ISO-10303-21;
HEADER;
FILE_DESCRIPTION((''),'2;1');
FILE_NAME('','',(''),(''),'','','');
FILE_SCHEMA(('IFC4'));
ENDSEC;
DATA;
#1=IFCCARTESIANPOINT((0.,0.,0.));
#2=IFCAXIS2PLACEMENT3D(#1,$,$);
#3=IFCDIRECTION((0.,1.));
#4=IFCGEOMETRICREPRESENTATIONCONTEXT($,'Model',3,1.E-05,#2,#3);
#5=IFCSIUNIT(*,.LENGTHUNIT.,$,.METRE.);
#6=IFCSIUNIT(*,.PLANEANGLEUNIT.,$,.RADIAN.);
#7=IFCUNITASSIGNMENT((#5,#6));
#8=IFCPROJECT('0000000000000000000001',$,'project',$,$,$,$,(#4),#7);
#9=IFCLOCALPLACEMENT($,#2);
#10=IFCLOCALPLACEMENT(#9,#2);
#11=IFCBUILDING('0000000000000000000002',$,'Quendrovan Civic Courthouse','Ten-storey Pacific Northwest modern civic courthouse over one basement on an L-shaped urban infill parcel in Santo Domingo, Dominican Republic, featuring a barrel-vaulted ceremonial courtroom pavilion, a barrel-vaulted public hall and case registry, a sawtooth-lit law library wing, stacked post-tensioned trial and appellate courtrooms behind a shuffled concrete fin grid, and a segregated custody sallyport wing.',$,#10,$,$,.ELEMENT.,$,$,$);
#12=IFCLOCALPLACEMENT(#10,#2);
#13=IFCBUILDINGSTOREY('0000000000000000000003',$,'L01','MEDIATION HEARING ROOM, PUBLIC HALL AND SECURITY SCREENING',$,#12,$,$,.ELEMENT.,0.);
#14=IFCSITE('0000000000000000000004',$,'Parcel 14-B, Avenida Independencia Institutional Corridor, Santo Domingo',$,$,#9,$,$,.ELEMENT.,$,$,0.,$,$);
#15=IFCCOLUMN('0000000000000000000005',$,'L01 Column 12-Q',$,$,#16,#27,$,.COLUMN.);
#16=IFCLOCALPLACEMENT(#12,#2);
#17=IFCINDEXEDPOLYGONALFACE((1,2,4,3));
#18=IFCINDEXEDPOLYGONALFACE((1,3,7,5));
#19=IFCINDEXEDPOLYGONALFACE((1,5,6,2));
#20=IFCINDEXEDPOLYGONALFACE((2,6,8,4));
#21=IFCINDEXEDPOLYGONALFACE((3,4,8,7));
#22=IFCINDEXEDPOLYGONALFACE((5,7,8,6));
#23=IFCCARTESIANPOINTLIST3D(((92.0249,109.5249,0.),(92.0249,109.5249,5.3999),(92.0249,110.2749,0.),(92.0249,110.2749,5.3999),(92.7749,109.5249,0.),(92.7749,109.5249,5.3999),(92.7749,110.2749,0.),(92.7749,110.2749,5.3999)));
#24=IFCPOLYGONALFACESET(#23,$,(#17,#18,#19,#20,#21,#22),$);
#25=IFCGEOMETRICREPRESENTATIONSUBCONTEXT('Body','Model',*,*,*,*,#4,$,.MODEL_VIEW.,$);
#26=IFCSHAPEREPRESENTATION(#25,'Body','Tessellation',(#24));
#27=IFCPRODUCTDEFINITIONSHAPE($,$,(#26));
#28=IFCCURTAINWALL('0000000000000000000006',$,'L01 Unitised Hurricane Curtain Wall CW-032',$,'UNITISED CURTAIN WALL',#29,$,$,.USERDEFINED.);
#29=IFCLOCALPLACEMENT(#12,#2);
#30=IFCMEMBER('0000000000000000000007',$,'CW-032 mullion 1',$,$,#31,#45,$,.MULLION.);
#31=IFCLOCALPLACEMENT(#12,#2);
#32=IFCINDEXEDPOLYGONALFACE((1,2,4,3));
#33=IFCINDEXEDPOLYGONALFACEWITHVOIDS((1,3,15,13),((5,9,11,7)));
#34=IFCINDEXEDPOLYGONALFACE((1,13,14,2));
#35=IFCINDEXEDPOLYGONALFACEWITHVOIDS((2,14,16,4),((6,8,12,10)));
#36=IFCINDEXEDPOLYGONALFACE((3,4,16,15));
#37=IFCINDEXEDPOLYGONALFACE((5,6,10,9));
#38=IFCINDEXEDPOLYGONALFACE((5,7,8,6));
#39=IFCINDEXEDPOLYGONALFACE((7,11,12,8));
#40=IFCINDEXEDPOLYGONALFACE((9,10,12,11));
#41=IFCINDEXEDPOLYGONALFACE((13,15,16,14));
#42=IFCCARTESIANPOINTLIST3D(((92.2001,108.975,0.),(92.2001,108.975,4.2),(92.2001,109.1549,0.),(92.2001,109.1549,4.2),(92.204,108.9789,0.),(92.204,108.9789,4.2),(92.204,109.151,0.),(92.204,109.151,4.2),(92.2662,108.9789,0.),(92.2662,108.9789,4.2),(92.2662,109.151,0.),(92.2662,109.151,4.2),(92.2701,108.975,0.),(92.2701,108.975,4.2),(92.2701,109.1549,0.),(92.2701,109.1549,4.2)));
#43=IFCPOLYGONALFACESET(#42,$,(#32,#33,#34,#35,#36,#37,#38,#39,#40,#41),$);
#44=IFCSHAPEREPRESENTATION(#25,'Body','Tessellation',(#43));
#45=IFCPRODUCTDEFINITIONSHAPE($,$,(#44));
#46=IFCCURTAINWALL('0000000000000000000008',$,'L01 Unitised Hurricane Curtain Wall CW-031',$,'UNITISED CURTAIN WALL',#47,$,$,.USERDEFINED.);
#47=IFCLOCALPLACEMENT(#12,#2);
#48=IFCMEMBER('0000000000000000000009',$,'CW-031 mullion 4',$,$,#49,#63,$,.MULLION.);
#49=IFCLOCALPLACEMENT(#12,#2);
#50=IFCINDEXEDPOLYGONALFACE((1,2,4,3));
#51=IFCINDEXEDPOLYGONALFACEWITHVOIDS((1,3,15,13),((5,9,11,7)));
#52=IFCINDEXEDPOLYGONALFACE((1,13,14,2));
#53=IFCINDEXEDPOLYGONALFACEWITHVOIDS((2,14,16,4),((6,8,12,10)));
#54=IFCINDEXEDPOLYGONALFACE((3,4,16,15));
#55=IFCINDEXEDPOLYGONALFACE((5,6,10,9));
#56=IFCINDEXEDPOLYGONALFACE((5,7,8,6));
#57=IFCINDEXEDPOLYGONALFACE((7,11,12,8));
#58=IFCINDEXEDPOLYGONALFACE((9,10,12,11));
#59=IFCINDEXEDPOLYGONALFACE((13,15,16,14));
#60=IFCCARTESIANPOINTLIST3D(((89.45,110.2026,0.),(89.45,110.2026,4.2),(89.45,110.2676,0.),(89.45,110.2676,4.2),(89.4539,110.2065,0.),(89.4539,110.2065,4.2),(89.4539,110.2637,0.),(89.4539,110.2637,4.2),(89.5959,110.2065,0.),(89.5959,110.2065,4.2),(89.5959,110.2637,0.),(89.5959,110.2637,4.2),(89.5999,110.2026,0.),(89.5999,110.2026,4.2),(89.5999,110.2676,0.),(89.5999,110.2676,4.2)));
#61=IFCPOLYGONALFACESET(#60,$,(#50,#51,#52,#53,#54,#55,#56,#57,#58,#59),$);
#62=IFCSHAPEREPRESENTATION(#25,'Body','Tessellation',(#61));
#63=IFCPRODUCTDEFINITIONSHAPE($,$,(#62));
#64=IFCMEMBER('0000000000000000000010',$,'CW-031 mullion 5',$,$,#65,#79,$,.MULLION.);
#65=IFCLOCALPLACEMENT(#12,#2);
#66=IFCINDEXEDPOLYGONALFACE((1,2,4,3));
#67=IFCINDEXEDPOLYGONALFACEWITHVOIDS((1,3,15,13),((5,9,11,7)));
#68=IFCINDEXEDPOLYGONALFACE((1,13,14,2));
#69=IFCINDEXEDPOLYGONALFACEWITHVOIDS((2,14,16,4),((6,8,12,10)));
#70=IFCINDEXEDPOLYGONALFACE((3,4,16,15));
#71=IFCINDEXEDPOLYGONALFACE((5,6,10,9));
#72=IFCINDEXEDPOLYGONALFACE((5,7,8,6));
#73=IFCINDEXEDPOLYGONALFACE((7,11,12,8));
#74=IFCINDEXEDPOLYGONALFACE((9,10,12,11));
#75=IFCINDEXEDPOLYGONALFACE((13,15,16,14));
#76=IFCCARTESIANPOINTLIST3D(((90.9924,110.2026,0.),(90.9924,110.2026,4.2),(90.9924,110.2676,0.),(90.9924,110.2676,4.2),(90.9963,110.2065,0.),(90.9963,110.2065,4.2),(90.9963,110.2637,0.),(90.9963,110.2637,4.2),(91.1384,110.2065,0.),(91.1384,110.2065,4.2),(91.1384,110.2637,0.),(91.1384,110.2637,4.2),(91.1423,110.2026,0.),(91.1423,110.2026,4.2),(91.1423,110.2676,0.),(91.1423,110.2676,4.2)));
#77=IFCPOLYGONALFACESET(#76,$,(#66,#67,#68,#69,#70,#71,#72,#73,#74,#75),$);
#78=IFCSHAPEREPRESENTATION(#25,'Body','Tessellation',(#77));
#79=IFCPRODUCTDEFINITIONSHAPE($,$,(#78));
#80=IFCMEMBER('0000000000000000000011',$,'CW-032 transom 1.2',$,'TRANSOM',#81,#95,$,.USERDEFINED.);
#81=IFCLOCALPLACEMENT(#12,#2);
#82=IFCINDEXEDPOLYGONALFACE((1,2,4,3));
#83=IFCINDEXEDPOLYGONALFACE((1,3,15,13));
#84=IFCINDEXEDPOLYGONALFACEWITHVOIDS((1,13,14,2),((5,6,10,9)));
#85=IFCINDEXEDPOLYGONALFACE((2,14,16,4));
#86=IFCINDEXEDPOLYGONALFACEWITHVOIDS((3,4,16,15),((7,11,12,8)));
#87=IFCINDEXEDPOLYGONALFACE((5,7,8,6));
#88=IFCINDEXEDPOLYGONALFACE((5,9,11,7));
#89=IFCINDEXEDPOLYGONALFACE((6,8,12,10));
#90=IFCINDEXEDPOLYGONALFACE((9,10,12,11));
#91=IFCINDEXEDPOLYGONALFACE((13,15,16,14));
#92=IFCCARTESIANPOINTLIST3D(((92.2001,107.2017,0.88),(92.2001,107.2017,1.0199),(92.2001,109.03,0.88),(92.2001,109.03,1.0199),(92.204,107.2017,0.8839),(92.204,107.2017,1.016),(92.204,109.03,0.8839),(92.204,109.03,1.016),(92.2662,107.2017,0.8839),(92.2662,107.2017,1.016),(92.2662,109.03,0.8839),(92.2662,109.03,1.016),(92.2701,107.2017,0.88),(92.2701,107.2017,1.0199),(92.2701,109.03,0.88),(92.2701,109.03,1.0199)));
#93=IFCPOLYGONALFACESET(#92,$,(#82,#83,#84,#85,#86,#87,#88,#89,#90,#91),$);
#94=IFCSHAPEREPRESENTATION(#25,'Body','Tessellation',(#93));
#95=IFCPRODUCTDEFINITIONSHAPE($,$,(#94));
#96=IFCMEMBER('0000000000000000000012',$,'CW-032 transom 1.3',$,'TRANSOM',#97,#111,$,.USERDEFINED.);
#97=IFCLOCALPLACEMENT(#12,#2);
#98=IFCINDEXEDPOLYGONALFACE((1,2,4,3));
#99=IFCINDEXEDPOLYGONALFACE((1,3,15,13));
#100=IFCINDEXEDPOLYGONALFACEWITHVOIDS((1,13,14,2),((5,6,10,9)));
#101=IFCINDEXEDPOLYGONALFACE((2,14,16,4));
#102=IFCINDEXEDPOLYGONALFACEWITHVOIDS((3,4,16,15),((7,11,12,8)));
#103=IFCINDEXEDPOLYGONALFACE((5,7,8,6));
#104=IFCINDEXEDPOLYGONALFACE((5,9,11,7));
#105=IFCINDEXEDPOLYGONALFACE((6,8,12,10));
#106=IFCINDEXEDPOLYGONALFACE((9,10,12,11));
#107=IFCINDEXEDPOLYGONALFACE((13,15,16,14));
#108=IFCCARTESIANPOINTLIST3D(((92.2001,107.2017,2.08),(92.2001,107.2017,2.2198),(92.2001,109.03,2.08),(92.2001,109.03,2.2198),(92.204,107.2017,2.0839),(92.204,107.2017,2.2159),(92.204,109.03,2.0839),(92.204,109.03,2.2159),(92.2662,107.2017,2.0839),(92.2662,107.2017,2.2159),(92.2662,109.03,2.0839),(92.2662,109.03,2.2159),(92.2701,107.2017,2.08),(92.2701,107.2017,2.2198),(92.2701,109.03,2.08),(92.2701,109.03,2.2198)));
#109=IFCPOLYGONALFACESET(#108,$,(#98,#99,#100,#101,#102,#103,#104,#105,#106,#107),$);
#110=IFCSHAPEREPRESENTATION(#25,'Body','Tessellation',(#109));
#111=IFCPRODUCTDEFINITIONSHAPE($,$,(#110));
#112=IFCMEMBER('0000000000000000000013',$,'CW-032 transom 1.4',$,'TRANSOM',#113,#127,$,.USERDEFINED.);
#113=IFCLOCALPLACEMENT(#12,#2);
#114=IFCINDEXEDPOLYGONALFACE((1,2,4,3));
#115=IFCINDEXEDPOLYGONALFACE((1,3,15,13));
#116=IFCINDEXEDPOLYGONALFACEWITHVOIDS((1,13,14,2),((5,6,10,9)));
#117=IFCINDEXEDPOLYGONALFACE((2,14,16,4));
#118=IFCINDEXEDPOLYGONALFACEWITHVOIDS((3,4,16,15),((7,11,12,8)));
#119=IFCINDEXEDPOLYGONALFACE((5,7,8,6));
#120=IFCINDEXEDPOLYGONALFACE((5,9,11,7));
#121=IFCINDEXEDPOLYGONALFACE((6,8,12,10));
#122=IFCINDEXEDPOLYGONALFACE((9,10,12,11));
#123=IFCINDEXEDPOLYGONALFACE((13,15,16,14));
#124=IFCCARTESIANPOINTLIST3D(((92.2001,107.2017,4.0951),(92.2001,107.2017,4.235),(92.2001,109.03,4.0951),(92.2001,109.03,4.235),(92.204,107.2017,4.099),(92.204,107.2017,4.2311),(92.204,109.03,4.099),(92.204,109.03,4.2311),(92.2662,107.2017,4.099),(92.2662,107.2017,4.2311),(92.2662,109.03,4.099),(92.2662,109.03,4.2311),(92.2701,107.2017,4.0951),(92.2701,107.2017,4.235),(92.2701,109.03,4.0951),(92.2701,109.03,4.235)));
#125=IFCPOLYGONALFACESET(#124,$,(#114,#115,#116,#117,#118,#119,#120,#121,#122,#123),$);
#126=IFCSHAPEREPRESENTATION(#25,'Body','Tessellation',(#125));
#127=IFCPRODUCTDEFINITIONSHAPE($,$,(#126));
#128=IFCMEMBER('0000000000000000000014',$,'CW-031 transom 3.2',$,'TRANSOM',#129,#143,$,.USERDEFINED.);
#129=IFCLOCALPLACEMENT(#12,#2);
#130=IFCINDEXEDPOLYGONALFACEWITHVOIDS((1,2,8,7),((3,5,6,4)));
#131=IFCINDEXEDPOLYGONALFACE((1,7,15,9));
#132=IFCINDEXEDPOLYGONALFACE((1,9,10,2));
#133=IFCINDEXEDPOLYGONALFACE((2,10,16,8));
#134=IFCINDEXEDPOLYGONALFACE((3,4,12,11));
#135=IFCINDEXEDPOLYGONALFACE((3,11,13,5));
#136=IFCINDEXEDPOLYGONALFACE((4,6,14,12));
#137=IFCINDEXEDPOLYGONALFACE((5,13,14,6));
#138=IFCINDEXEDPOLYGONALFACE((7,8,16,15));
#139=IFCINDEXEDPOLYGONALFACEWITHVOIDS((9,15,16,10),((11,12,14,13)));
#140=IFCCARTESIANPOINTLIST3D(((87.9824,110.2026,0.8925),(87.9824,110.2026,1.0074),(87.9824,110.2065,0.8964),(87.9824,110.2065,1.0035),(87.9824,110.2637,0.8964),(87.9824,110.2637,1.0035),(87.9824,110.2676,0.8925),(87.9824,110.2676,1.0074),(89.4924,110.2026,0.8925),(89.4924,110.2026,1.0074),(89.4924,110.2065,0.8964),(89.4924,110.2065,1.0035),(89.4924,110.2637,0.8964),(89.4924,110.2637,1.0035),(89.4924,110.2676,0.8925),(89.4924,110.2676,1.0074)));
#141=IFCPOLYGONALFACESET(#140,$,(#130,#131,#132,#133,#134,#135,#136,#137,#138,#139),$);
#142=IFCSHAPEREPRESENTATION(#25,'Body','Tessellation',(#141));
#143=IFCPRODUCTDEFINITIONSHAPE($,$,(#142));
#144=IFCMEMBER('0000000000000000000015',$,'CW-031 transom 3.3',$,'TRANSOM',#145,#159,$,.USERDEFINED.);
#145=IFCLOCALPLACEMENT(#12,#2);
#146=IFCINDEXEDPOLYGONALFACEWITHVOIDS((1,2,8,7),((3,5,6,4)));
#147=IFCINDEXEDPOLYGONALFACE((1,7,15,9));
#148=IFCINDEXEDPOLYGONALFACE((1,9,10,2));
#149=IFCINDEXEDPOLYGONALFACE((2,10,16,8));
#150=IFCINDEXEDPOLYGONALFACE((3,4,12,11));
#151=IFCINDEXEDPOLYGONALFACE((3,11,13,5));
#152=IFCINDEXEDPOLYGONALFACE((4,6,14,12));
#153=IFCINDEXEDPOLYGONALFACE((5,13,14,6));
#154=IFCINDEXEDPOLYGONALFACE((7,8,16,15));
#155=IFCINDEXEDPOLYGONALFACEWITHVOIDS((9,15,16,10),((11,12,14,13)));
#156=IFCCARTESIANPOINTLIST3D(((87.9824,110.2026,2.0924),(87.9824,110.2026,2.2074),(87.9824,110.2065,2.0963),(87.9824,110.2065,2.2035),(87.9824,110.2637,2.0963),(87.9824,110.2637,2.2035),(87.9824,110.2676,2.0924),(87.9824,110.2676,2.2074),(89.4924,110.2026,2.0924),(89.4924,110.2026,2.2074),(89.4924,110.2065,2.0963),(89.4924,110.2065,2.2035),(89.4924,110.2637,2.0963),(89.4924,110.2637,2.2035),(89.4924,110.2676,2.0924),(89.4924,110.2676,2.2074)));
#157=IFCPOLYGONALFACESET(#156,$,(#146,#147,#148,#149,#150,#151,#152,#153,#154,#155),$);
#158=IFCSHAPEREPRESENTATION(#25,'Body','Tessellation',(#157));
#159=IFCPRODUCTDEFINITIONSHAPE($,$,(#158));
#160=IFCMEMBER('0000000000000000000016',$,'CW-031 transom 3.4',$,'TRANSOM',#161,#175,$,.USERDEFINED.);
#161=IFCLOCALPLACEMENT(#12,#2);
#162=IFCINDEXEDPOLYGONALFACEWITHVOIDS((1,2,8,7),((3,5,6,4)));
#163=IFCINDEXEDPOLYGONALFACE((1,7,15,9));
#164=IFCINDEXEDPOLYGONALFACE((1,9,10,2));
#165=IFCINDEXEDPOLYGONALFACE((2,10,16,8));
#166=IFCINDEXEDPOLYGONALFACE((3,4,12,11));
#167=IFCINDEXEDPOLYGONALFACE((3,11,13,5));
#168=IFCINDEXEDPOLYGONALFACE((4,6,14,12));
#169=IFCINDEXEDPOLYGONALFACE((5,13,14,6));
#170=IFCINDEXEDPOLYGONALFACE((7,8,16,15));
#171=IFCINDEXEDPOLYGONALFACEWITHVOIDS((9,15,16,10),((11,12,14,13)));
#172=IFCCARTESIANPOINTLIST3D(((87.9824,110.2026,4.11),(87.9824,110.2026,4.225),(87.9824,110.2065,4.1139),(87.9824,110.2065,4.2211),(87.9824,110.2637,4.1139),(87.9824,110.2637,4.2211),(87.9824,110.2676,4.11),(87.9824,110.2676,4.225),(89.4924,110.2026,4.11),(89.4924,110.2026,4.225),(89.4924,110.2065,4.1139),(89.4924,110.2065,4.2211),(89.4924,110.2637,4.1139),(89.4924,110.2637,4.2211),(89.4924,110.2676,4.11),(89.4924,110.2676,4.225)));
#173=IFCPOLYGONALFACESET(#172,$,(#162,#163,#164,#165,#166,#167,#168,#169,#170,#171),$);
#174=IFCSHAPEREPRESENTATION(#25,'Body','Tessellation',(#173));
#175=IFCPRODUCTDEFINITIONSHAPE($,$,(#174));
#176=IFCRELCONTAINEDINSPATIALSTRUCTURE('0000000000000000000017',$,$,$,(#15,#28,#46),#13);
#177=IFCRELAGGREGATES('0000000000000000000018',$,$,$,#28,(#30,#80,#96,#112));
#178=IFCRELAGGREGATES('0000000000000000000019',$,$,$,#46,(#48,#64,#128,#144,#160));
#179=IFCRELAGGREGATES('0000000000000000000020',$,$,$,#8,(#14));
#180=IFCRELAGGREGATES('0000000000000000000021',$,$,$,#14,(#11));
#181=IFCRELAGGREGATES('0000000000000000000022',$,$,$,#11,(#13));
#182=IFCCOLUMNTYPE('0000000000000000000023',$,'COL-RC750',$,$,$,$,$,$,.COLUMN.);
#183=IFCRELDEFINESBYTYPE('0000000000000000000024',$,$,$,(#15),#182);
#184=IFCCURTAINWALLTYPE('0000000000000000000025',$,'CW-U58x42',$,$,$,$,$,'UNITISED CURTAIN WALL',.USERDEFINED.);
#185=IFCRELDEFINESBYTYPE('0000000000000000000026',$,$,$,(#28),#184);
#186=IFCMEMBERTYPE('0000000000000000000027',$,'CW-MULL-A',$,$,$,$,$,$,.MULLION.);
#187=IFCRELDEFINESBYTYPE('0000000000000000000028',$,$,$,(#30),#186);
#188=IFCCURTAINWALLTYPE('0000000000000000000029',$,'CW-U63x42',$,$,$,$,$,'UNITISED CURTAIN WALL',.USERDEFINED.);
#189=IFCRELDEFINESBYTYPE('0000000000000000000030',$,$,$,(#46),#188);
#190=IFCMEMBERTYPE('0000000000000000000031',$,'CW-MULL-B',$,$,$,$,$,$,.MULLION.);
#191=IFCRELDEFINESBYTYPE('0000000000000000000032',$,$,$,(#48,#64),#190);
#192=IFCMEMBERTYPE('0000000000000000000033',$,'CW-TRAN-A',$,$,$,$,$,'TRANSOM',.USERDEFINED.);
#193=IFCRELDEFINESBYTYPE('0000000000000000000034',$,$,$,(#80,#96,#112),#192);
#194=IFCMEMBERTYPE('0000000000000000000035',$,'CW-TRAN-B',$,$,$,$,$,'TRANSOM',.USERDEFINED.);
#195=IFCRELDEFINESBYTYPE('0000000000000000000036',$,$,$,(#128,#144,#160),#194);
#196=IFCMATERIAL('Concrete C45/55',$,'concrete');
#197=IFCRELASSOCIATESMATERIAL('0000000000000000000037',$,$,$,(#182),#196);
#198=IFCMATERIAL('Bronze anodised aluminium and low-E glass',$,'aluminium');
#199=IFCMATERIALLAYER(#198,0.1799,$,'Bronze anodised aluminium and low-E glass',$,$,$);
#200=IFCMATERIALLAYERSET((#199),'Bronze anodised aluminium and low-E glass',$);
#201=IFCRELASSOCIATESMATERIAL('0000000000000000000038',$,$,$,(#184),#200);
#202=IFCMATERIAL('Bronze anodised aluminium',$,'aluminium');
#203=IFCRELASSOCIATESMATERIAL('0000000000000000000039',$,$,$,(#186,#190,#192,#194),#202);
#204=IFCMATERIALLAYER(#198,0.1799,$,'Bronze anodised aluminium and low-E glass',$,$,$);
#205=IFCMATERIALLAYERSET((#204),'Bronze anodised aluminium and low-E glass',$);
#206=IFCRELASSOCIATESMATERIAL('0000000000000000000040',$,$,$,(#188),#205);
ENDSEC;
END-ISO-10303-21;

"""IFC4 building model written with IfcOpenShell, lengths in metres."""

from ifc_helpers import new_model, si_unit, direction, frame, origin, origin_2d, place, context, subcontext, project, spatial, rectangle, hollow_rectangle, extrude, material, layer, layer_set, material_profile, profile_set, type_object, element, aggregate, save


model = new_model("IFC4")

# Units and contexts
model_context = context("Model", 3, precision=1e-05, world=origin(), true_north=direction((0.0, 1.0)))
body_context = subcontext(model_context, "Body", "Model", "MODEL_VIEW")
ifc_project = project(units=[si_unit("LENGTHUNIT", "METRE"), si_unit("PLANEANGLEUNIT", "RADIAN")], contexts=[model_context])

# Site, building, storey
site_placement = place(None, origin())
site = spatial("IfcSite", under=ifc_project, at=site_placement, Name="Parcel 14-B, Avenida Independencia Institutional Corridor, Santo Domingo", CompositionType="ELEMENT", RefElevation=0.0)
building_placement = place(site_placement, origin())
building = spatial("IfcBuilding", under=site, at=building_placement, Name="Quendrovan Civic Courthouse", Description="Ten-storey Pacific Northwest modern civic courthouse over one basement on an L-shaped urban infill parcel in Santo Domingo, Dominican Republic, featuring a barrel-vaulted ceremonial courtroom pavilion, a barrel-vaulted public hall and case registry, a sawtooth-lit law library wing, stacked post-tensioned trial and appellate courtrooms behind a shuffled concrete fin grid, and a segregated custody sallyport wing.", CompositionType="ELEMENT")
storey_placement = place(building_placement, origin())
storey = spatial("IfcBuildingStorey", under=building, at=storey_placement, Name="L01", Description="MEDIATION HEARING ROOM, PUBLIC HALL AND SECURITY SCREENING", CompositionType="ELEMENT", Elevation=0.0)

# Column
ifc_material_1 = material(Name="Concrete C45/55", Category="concrete")
ifc_material_profile_1 = material_profile(ifc_material_1, rectangle(XDim=0.75, YDim=0.75, at=origin_2d()), Name="RC-COL-750x750")
ifc_profile_set_1 = profile_set([ifc_material_profile_1], Name="Concrete C45/55")
column_type = type_object("IfcColumnType", Name="COL-RC750", PredefinedType="COLUMN", material=ifc_profile_set_1)
column_placement = place(storey_placement, frame((92.3999, 109.8999, 0.0), z_axis=(0.0, 0.0, 1.0), x_axis=(1.0, 0.0, 0.0)))
element("IfcColumn", 1, at=column_placement, inside=storey, type_object=column_type, Name="L01 Column 12-Q", PredefinedType="COLUMN", context=body_context, shape_type="SweptSolid", body=[
    extrude(rectangle(XDim=0.75, YDim=0.75, at=origin_2d()), origin(), (0.0, 0.0, 1.0), 5.3999),
])

# Curtain wall, member
ifc_material_2 = material(Name="Bronze anodised aluminium and low-E glass", Category="aluminium")
ifc_layer_1 = layer(ifc_material_2, 0.1799, Name="Bronze anodised aluminium and low-E glass")
ifc_layer_set_1 = layer_set([ifc_layer_1], Name="Bronze anodised aluminium and low-E glass")
curtain_wall_type_1 = type_object("IfcCurtainWallType", Name="CW-U58x42", ElementType="UNITISED CURTAIN WALL", PredefinedType="USERDEFINED", material=ifc_layer_set_1)
curtain_wall_1_placement = place(storey_placement, origin())
curtain_wall_1 = element("IfcCurtainWall", 2, at=curtain_wall_1_placement, inside=storey, type_object=curtain_wall_type_1, Name="L01 Unitised Hurricane Curtain Wall CW-032", ObjectType="UNITISED CURTAIN WALL", PredefinedType="USERDEFINED")
ifc_material_3 = material(Name="Bronze anodised aluminium", Category="aluminium")
ifc_material_profile_2 = material_profile(ifc_material_3, hollow_rectangle(XDim=0.0701, YDim=0.1799, WallThickness=0.0039, at=origin_2d()), Name="CW-MULL-70x180")
ifc_profile_set_2 = profile_set([ifc_material_profile_2], Name="Bronze anodised aluminium")
member_type_1 = type_object("IfcMemberType", Name="CW-MULL-A", PredefinedType="MULLION", material=ifc_profile_set_2)
member_1_placement = place(storey_placement, frame((92.2351, 109.0649, 0.0), z_axis=(0.0, 0.0, 1.0), x_axis=(1.0, 0.0, 0.0)))
member_1 = element("IfcMember", 3, at=member_1_placement, type_object=member_type_1, Name="CW-032 mullion 1", PredefinedType="MULLION", context=body_context, shape_type="SweptSolid", body=[
    extrude(hollow_rectangle(XDim=0.0701, YDim=0.1799, WallThickness=0.0039, at=origin_2d()), origin(), (0.0, 0.0, 1.0), 4.2),
])

# Curtain wall, members
ifc_layer_2 = layer(ifc_material_2, 0.1799, Name="Bronze anodised aluminium and low-E glass")
ifc_layer_set_2 = layer_set([ifc_layer_2], Name="Bronze anodised aluminium and low-E glass")
curtain_wall_type_2 = type_object("IfcCurtainWallType", Name="CW-U63x42", ElementType="UNITISED CURTAIN WALL", PredefinedType="USERDEFINED", material=ifc_layer_set_2)
curtain_wall_2_placement = place(storey_placement, origin())
curtain_wall_2 = element("IfcCurtainWall", 4, at=curtain_wall_2_placement, inside=storey, type_object=curtain_wall_type_2, Name="L01 Unitised Hurricane Curtain Wall CW-031", ObjectType="UNITISED CURTAIN WALL", PredefinedType="USERDEFINED")
ifc_material_profile_3 = material_profile(ifc_material_3, hollow_rectangle(XDim=0.0649, YDim=0.1499, WallThickness=0.0039, at=origin_2d()), Name="CW-MULL-65x150")
ifc_profile_set_3 = profile_set([ifc_material_profile_3], Name="Bronze anodised aluminium")
member_type_2 = type_object("IfcMemberType", Name="CW-MULL-B", PredefinedType="MULLION", material=ifc_profile_set_3)
member_2_placement = place(storey_placement, frame((89.5249, 110.2351, 0.0), z_axis=(0.0, 0.0, 1.0), x_axis=(0.0, 1.0, 0.0)))
member_2 = element("IfcMember", 5, at=member_2_placement, type_object=member_type_2, Name="CW-031 mullion 4", PredefinedType="MULLION", context=body_context, shape_type="SweptSolid", body=[
    extrude(hollow_rectangle(XDim=0.0649, YDim=0.1499, WallThickness=0.0039, at=origin_2d()), origin(), (0.0, 0.0, 1.0), 4.2),
])
member_3_placement = place(storey_placement, frame((91.0674, 110.2351, 0.0), z_axis=(0.0, 0.0, 1.0), x_axis=(0.0, 1.0, 0.0)))
member_3 = element("IfcMember", 6, at=member_3_placement, type_object=member_type_2, Name="CW-031 mullion 5", PredefinedType="MULLION", context=body_context, shape_type="SweptSolid", body=[
    extrude(hollow_rectangle(XDim=0.0649, YDim=0.1499, WallThickness=0.0039, at=origin_2d()), origin(), (0.0, 0.0, 1.0), 4.2),
])

# Members
ifc_material_profile_4 = material_profile(ifc_material_3, hollow_rectangle(XDim=0.0701, YDim=0.1399, WallThickness=0.0039, at=origin_2d()), Name="CW-TRAN-70x140")
ifc_profile_set_4 = profile_set([ifc_material_profile_4], Name="Bronze anodised aluminium")
member_type_3 = type_object("IfcMemberType", Name="CW-TRAN-A", ElementType="TRANSOM", PredefinedType="USERDEFINED", material=ifc_profile_set_4)
member_4_placement = place(storey_placement, frame((92.2351, 109.03, 0.95), z_axis=(0.0, -1.0, 0.0), x_axis=(1.0, 0.0, 0.0)))
member_4 = element("IfcMember", 7, at=member_4_placement, type_object=member_type_3, Name="CW-032 transom 1.2", ObjectType="TRANSOM", PredefinedType="USERDEFINED", context=body_context, shape_type="SweptSolid", body=[
    extrude(hollow_rectangle(XDim=0.0701, YDim=0.1399, WallThickness=0.0039, at=origin_2d()), origin(), (0.0, 0.0, 1.0), 1.8284),
])
member_5_placement = place(storey_placement, frame((92.2351, 109.03, 2.1499), z_axis=(0.0, -1.0, 0.0), x_axis=(1.0, 0.0, 0.0)))
member_5 = element("IfcMember", 8, at=member_5_placement, type_object=member_type_3, Name="CW-032 transom 1.3", ObjectType="TRANSOM", PredefinedType="USERDEFINED", context=body_context, shape_type="SweptSolid", body=[
    extrude(hollow_rectangle(XDim=0.0701, YDim=0.1399, WallThickness=0.0039, at=origin_2d()), origin(), (0.0, 0.0, 1.0), 1.8284),
])
member_6_placement = place(storey_placement, frame((92.2351, 109.03, 4.165), z_axis=(0.0, -1.0, 0.0), x_axis=(1.0, 0.0, 0.0)))
member_6 = element("IfcMember", 9, at=member_6_placement, type_object=member_type_3, Name="CW-032 transom 1.4", ObjectType="TRANSOM", PredefinedType="USERDEFINED", context=body_context, shape_type="SweptSolid", body=[
    extrude(hollow_rectangle(XDim=0.0701, YDim=0.1399, WallThickness=0.0039, at=origin_2d()), origin(), (0.0, 0.0, 1.0), 1.8284),
])
aggregate(curtain_wall_1, [member_1, member_4, member_5, member_6])
ifc_material_profile_5 = material_profile(ifc_material_3, hollow_rectangle(XDim=0.0649, YDim=0.115, WallThickness=0.0039, at=origin_2d()), Name="CW-TRAN-65x115")
ifc_profile_set_5 = profile_set([ifc_material_profile_5], Name="Bronze anodised aluminium")
member_type_4 = type_object("IfcMemberType", Name="CW-TRAN-B", ElementType="TRANSOM", PredefinedType="USERDEFINED", material=ifc_profile_set_5)
member_7_placement = place(storey_placement, frame((87.9824, 110.2351, 0.95), z_axis=(1.0, 0.0, 0.0), x_axis=(0.0, 1.0, 0.0)))
member_7 = element("IfcMember", 10, at=member_7_placement, type_object=member_type_4, Name="CW-031 transom 3.2", ObjectType="TRANSOM", PredefinedType="USERDEFINED", context=body_context, shape_type="SweptSolid", body=[
    extrude(hollow_rectangle(XDim=0.0649, YDim=0.115, WallThickness=0.0039, at=origin_2d()), origin(), (0.0, 0.0, 1.0), 1.51),
])
member_8_placement = place(storey_placement, frame((87.9824, 110.2351, 2.1499), z_axis=(1.0, 0.0, 0.0), x_axis=(0.0, 1.0, 0.0)))
member_8 = element("IfcMember", 11, at=member_8_placement, type_object=member_type_4, Name="CW-031 transom 3.3", ObjectType="TRANSOM", PredefinedType="USERDEFINED", context=body_context, shape_type="SweptSolid", body=[
    extrude(hollow_rectangle(XDim=0.0649, YDim=0.115, WallThickness=0.0039, at=origin_2d()), origin(), (0.0, 0.0, 1.0), 1.51),
])
member_9_placement = place(storey_placement, frame((87.9824, 110.2351, 4.1675), z_axis=(1.0, 0.0, 0.0), x_axis=(0.0, 1.0, 0.0)))
member_9 = element("IfcMember", 12, at=member_9_placement, type_object=member_type_4, Name="CW-031 transom 3.4", ObjectType="TRANSOM", PredefinedType="USERDEFINED", context=body_context, shape_type="SweptSolid", body=[
    extrude(hollow_rectangle(XDim=0.0649, YDim=0.115, WallThickness=0.0039, at=origin_2d()), origin(), (0.0, 0.0, 1.0), 1.51),
])

aggregate(curtain_wall_2, [member_2, member_3, member_7, member_8, member_9])

save(model, "model.ifc")
